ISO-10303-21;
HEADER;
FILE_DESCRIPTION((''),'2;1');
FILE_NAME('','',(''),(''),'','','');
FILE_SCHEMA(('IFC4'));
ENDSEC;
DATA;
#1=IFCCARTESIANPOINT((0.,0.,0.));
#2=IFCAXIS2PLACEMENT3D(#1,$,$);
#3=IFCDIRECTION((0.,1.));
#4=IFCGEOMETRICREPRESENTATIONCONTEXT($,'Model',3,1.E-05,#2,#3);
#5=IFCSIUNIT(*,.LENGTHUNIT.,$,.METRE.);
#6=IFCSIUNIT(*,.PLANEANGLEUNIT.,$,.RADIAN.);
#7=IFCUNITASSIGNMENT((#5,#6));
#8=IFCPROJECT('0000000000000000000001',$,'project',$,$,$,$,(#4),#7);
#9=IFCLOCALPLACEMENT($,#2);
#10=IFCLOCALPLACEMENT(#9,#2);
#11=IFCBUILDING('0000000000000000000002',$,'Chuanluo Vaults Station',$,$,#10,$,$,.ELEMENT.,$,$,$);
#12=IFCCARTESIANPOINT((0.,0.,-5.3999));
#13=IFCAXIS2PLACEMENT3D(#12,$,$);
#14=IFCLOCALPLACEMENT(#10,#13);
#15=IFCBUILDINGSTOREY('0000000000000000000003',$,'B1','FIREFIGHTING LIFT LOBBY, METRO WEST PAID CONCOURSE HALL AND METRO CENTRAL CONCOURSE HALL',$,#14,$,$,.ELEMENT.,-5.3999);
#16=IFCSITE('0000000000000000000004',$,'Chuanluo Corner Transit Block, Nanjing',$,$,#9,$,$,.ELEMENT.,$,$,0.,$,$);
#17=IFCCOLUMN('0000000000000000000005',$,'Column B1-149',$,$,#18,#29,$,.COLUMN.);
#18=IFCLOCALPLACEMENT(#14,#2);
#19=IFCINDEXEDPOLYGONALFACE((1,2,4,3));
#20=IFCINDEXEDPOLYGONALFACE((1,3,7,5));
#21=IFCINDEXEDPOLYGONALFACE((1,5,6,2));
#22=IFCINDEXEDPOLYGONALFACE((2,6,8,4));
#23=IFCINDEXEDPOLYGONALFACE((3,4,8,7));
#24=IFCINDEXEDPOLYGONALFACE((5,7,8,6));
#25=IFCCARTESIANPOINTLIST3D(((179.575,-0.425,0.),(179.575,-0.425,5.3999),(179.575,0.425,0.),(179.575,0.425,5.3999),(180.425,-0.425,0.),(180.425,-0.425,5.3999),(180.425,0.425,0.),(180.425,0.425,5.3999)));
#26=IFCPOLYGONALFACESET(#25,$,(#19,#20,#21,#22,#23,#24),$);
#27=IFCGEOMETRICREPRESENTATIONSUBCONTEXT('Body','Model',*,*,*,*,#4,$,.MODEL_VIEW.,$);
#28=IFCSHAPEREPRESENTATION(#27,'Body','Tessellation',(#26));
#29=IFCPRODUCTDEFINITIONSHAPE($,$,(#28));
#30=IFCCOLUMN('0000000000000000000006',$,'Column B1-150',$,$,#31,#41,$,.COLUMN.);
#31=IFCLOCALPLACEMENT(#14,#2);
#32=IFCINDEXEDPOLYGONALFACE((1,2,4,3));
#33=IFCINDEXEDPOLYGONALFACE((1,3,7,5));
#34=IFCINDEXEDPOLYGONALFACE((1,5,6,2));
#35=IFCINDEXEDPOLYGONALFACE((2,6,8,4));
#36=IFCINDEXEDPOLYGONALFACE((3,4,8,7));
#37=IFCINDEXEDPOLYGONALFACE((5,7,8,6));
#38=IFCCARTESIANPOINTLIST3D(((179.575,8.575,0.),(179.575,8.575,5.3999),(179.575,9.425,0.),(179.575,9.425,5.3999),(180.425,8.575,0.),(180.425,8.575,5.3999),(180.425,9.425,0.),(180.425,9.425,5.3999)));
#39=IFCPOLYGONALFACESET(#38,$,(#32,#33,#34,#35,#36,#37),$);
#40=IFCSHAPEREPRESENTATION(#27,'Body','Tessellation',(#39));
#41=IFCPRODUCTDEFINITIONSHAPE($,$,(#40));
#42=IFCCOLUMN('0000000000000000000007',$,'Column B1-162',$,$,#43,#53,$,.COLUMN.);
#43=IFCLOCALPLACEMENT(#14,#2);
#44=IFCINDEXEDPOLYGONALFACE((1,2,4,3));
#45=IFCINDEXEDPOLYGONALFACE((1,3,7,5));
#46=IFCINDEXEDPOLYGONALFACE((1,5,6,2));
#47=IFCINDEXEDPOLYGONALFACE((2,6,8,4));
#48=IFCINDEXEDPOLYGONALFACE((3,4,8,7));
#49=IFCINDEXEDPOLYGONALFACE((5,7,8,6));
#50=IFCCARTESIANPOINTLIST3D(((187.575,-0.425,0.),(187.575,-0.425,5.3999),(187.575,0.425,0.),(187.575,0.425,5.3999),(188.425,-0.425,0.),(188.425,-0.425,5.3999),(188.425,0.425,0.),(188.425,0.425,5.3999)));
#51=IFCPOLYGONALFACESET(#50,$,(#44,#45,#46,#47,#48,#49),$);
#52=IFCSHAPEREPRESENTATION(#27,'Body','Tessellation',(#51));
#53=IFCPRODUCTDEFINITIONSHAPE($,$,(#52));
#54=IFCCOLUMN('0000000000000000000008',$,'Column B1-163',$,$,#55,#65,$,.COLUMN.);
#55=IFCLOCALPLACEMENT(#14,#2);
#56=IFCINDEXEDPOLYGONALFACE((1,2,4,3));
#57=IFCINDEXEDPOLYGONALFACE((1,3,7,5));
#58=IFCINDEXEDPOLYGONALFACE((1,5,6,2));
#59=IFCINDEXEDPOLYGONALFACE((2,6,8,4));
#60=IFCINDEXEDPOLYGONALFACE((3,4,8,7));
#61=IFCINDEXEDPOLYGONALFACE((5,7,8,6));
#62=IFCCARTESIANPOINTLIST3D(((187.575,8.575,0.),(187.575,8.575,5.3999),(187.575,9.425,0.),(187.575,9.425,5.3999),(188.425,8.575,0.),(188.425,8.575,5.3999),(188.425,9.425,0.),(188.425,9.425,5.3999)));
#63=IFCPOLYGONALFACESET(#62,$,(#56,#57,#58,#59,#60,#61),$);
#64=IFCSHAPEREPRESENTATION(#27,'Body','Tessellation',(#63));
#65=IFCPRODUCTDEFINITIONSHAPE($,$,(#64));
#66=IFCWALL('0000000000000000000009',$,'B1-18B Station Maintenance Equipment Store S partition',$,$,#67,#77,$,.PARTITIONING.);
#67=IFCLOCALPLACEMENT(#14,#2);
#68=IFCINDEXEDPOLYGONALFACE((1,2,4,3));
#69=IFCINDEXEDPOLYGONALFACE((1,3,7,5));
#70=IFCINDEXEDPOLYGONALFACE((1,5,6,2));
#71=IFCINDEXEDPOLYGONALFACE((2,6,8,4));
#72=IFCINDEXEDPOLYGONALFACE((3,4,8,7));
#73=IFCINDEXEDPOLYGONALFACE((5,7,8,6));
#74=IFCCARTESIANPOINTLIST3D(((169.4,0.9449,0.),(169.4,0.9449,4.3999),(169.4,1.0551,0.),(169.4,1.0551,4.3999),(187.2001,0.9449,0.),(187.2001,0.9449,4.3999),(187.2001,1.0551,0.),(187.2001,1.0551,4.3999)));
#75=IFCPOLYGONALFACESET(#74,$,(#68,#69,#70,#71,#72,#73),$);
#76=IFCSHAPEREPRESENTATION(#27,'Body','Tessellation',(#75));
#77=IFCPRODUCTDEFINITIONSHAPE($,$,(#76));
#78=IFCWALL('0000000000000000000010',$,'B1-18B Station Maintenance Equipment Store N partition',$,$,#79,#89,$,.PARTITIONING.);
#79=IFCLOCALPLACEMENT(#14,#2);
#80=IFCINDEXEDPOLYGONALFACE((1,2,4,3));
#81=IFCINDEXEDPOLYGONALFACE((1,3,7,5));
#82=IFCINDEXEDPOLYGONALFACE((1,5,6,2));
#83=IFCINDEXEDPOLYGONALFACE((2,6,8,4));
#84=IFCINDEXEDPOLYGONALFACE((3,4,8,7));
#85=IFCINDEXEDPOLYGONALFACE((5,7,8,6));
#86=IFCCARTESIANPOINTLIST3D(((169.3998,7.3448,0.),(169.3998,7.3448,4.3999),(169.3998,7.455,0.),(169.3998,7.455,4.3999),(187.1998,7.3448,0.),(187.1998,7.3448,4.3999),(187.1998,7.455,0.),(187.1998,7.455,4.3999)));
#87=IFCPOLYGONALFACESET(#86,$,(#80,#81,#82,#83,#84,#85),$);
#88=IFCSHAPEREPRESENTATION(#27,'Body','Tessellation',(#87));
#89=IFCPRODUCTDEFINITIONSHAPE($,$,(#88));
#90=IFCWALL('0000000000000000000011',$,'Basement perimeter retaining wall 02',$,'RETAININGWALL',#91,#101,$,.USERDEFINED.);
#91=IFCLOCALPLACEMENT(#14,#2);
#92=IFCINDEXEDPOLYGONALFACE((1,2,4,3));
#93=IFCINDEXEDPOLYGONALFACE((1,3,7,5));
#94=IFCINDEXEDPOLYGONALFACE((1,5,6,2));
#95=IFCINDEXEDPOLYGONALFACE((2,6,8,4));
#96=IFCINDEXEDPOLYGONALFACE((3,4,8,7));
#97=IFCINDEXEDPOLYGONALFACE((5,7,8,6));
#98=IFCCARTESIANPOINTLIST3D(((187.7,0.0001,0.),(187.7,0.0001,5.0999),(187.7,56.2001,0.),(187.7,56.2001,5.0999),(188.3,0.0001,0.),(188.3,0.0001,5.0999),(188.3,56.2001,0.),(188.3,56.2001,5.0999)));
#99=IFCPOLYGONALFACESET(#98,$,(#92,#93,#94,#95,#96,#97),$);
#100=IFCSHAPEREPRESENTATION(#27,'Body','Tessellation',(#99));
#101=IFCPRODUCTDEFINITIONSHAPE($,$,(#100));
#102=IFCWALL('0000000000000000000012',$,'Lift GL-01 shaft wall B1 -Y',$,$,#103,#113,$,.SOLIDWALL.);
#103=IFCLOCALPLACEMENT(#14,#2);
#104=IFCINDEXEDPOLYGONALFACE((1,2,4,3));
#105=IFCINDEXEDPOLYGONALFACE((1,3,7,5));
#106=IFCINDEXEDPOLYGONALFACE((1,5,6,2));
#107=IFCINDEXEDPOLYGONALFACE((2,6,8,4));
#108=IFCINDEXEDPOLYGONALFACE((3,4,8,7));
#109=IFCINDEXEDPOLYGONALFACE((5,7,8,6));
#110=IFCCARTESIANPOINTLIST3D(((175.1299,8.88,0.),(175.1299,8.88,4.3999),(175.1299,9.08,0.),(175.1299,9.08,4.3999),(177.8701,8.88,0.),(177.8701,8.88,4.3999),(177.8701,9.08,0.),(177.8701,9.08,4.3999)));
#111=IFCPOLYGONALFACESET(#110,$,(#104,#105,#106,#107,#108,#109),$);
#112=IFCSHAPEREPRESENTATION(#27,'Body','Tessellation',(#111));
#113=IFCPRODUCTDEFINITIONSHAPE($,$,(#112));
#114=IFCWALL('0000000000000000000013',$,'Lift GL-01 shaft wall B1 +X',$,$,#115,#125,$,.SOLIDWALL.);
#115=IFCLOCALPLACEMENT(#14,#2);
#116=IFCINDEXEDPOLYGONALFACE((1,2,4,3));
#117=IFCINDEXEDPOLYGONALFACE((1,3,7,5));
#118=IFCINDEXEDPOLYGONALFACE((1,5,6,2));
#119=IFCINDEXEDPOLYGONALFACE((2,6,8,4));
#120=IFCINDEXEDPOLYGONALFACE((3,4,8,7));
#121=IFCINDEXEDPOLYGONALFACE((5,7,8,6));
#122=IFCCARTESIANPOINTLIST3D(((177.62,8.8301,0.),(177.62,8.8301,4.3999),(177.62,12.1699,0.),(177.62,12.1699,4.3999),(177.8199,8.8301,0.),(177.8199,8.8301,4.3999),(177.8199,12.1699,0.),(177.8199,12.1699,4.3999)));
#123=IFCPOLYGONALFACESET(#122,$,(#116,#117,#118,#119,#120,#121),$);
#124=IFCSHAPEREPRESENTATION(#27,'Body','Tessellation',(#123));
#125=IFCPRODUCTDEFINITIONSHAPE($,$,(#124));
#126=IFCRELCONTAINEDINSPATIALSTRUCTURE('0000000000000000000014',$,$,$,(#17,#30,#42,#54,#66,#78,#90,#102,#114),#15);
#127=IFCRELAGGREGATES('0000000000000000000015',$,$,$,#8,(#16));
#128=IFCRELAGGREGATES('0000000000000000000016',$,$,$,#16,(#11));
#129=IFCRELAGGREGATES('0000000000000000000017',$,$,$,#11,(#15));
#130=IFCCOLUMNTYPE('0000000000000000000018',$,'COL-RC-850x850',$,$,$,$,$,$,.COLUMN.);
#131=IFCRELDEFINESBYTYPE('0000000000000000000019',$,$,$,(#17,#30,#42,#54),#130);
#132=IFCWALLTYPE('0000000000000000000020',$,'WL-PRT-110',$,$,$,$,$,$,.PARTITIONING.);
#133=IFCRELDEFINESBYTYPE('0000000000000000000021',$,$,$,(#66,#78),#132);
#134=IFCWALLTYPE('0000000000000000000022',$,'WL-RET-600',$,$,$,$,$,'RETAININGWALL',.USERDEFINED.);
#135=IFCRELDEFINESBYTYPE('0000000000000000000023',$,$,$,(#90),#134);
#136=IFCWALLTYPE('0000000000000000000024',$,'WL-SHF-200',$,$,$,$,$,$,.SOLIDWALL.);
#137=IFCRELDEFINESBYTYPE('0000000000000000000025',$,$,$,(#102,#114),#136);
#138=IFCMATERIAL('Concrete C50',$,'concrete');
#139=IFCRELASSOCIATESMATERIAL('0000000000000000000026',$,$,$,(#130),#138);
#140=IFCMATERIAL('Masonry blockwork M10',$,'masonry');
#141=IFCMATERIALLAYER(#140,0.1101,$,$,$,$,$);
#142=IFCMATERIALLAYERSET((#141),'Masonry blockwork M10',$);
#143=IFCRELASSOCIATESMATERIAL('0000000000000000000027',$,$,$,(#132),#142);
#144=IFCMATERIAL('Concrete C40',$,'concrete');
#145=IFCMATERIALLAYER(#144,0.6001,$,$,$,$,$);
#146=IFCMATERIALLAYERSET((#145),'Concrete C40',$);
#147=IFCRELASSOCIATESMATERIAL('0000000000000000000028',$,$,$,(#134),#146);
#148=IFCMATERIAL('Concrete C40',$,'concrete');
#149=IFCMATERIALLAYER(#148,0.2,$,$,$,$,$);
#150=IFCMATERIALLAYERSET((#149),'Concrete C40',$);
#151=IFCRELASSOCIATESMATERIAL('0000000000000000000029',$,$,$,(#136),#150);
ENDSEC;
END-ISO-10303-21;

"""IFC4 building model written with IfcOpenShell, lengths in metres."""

from ifc_helpers import new_model, si_unit, direction, frame, frame_2d, origin, origin_2d, place, context, subcontext, project, spatial, rectangle, extrude, material, layer, layer_set, material_profile, profile_set, type_object, element, save


model = new_model("IFC4")

# Units and contexts
model_context = context("Model", 3, precision=1e-05, world=origin(), true_north=direction((0.0, 1.0)))
body_context = subcontext(model_context, "Body", "Model", "MODEL_VIEW")
ifc_project = project(units=[si_unit("LENGTHUNIT", "METRE"), si_unit("PLANEANGLEUNIT", "RADIAN")], contexts=[model_context])

# Site, building, storey
site_placement = place(None, origin())
site = spatial("IfcSite", under=ifc_project, at=site_placement, Name="Chuanluo Corner Transit Block, Nanjing", CompositionType="ELEMENT", RefElevation=0.0)
building_placement = place(site_placement, origin())
building = spatial("IfcBuilding", under=site, at=building_placement, Name="Chuanluo Vaults Station", CompositionType="ELEMENT")
storey_placement = place(building_placement, frame((0.0, 0.0, -5.3999)))
storey = spatial("IfcBuildingStorey", under=building, at=storey_placement, Name="B1", Description="FIREFIGHTING LIFT LOBBY, METRO WEST PAID CONCOURSE HALL AND METRO CENTRAL CONCOURSE HALL", CompositionType="ELEMENT", Elevation=-5.3999)

# Columns
ifc_material_1 = material(Name="Concrete C50", Category="concrete")
ifc_material_profile_1 = material_profile(ifc_material_1, rectangle(XDim=0.8501, YDim=0.8501, at=origin_2d()))
ifc_profile_set_1 = profile_set([ifc_material_profile_1], Name="Concrete C50")
column_type = type_object("IfcColumnType", Name="COL-RC-850x850", PredefinedType="COLUMN", material=ifc_profile_set_1)
for number, where, z_axis, x_axis, name in (
    (1, (180.0, 0.0, 0.0), (0.0, 0.0, 1.0), (1.0, 0.0, 0.0), "Column B1-149"),
    (2, (180.0, 9.0, 0.0), (0.0, 0.0, 1.0), (1.0, 0.0, 0.0), "Column B1-150"),
    (3, (188.0, 0.0, 0.0), (0.0, 0.0, 1.0), (1.0, 0.0, 0.0), "Column B1-162"),
    (4, (188.0, 9.0, 0.0), (0.0, 0.0, 1.0), (1.0, 0.0, 0.0), "Column B1-163"),
):
    element("IfcColumn", number, at=place(storey_placement, frame(where, z_axis=z_axis, x_axis=x_axis)), inside=storey, type_object=column_type, Name=name, PredefinedType="COLUMN", context=body_context, shape_type="SweptSolid", body=[
        extrude(rectangle(XDim=0.8501, YDim=0.8501, at=origin_2d()), origin(), (0.0, 0.0, 1.0), 5.3999),
    ])

# Walls
ifc_material_2 = material(Name="Masonry blockwork M10", Category="masonry")
ifc_layer_1 = layer(ifc_material_2, 0.1101)
ifc_layer_set_1 = layer_set([ifc_layer_1], Name="Masonry blockwork M10")
wall_type_1 = type_object("IfcWallType", Name="WL-PRT-110", PredefinedType="PARTITIONING", material=ifc_layer_set_1)
for number, where, z_axis, x_axis, name in (
    (5, (187.2, 1.0, 0.0), (0.0, 0.0, 1.0), (-1.0, 0.0, 0.0), "B1-18B Station Maintenance Equipment Store S partition"),
    (6, (169.3999, 7.3999, 0.0), (0.0, 0.0, 1.0), (1.0, 0.0, 0.0), "B1-18B Station Maintenance Equipment Store N partition"),
):
    element("IfcWall", number, at=place(storey_placement, frame(where, z_axis=z_axis, x_axis=x_axis)), inside=storey, type_object=wall_type_1, Name=name, PredefinedType="PARTITIONING", context=body_context, shape_type="SweptSolid", body=[
        extrude(rectangle(XDim=17.8, YDim=0.1101, at=frame_2d((8.8999, 0.0))), origin(), (0.0, 0.0, 1.0), 4.3999),
    ])
ifc_material_3 = material(Name="Concrete C40", Category="concrete")
ifc_layer_2 = layer(ifc_material_3, 0.6001)
ifc_layer_set_2 = layer_set([ifc_layer_2], Name="Concrete C40")
wall_type_2 = type_object("IfcWallType", Name="WL-RET-600", ElementType="RETAININGWALL", PredefinedType="USERDEFINED", material=ifc_layer_set_2)
wall_1_placement = place(storey_placement, frame((188.0, 0.0, 0.0), z_axis=(0.0, 0.0, 1.0), x_axis=(0.0, 1.0, 0.0)))
element("IfcWall", 7, at=wall_1_placement, inside=storey, type_object=wall_type_2, Name="Basement perimeter retaining wall 02", ObjectType="RETAININGWALL", PredefinedType="USERDEFINED", context=body_context, shape_type="SweptSolid", body=[
    extrude(rectangle(XDim=56.2, YDim=0.6001, at=frame_2d((28.1001, 0.0))), origin(), (0.0, 0.0, 1.0), 5.0999),
])
ifc_material_4 = material(Name="Concrete C40", Category="concrete")
ifc_layer_3 = layer(ifc_material_4, 0.2)
ifc_layer_set_3 = layer_set([ifc_layer_3], Name="Concrete C40")
wall_type_3 = type_object("IfcWallType", Name="WL-SHF-200", PredefinedType="SOLIDWALL", material=ifc_layer_set_3)
wall_2_placement = place(storey_placement, frame((175.1299, 8.98, 0.0), z_axis=(0.0, 0.0, 1.0), x_axis=(1.0, 0.0, 0.0)))
element("IfcWall", 8, at=wall_2_placement, inside=storey, type_object=wall_type_3, Name="Lift GL-01 shaft wall B1 -Y", PredefinedType="SOLIDWALL", context=body_context, shape_type="SweptSolid", body=[
    extrude(rectangle(XDim=2.7402, YDim=0.2, at=frame_2d((1.3701, 0.0))), origin(), (0.0, 0.0, 1.0), 4.3999),
])
wall_3_placement = place(storey_placement, frame((177.72, 8.8301, 0.0), z_axis=(0.0, 0.0, 1.0), x_axis=(0.0, 1.0, 0.0)))
element("IfcWall", 9, at=wall_3_placement, inside=storey, type_object=wall_type_3, Name="Lift GL-01 shaft wall B1 +X", PredefinedType="SOLIDWALL", context=body_context, shape_type="SweptSolid", body=[
    extrude(rectangle(XDim=3.3398, YDim=0.2, at=frame_2d((1.6699, 0.0))), origin(), (0.0, 0.0, 1.0), 4.3999),
])

save(model, "model.ifc")
